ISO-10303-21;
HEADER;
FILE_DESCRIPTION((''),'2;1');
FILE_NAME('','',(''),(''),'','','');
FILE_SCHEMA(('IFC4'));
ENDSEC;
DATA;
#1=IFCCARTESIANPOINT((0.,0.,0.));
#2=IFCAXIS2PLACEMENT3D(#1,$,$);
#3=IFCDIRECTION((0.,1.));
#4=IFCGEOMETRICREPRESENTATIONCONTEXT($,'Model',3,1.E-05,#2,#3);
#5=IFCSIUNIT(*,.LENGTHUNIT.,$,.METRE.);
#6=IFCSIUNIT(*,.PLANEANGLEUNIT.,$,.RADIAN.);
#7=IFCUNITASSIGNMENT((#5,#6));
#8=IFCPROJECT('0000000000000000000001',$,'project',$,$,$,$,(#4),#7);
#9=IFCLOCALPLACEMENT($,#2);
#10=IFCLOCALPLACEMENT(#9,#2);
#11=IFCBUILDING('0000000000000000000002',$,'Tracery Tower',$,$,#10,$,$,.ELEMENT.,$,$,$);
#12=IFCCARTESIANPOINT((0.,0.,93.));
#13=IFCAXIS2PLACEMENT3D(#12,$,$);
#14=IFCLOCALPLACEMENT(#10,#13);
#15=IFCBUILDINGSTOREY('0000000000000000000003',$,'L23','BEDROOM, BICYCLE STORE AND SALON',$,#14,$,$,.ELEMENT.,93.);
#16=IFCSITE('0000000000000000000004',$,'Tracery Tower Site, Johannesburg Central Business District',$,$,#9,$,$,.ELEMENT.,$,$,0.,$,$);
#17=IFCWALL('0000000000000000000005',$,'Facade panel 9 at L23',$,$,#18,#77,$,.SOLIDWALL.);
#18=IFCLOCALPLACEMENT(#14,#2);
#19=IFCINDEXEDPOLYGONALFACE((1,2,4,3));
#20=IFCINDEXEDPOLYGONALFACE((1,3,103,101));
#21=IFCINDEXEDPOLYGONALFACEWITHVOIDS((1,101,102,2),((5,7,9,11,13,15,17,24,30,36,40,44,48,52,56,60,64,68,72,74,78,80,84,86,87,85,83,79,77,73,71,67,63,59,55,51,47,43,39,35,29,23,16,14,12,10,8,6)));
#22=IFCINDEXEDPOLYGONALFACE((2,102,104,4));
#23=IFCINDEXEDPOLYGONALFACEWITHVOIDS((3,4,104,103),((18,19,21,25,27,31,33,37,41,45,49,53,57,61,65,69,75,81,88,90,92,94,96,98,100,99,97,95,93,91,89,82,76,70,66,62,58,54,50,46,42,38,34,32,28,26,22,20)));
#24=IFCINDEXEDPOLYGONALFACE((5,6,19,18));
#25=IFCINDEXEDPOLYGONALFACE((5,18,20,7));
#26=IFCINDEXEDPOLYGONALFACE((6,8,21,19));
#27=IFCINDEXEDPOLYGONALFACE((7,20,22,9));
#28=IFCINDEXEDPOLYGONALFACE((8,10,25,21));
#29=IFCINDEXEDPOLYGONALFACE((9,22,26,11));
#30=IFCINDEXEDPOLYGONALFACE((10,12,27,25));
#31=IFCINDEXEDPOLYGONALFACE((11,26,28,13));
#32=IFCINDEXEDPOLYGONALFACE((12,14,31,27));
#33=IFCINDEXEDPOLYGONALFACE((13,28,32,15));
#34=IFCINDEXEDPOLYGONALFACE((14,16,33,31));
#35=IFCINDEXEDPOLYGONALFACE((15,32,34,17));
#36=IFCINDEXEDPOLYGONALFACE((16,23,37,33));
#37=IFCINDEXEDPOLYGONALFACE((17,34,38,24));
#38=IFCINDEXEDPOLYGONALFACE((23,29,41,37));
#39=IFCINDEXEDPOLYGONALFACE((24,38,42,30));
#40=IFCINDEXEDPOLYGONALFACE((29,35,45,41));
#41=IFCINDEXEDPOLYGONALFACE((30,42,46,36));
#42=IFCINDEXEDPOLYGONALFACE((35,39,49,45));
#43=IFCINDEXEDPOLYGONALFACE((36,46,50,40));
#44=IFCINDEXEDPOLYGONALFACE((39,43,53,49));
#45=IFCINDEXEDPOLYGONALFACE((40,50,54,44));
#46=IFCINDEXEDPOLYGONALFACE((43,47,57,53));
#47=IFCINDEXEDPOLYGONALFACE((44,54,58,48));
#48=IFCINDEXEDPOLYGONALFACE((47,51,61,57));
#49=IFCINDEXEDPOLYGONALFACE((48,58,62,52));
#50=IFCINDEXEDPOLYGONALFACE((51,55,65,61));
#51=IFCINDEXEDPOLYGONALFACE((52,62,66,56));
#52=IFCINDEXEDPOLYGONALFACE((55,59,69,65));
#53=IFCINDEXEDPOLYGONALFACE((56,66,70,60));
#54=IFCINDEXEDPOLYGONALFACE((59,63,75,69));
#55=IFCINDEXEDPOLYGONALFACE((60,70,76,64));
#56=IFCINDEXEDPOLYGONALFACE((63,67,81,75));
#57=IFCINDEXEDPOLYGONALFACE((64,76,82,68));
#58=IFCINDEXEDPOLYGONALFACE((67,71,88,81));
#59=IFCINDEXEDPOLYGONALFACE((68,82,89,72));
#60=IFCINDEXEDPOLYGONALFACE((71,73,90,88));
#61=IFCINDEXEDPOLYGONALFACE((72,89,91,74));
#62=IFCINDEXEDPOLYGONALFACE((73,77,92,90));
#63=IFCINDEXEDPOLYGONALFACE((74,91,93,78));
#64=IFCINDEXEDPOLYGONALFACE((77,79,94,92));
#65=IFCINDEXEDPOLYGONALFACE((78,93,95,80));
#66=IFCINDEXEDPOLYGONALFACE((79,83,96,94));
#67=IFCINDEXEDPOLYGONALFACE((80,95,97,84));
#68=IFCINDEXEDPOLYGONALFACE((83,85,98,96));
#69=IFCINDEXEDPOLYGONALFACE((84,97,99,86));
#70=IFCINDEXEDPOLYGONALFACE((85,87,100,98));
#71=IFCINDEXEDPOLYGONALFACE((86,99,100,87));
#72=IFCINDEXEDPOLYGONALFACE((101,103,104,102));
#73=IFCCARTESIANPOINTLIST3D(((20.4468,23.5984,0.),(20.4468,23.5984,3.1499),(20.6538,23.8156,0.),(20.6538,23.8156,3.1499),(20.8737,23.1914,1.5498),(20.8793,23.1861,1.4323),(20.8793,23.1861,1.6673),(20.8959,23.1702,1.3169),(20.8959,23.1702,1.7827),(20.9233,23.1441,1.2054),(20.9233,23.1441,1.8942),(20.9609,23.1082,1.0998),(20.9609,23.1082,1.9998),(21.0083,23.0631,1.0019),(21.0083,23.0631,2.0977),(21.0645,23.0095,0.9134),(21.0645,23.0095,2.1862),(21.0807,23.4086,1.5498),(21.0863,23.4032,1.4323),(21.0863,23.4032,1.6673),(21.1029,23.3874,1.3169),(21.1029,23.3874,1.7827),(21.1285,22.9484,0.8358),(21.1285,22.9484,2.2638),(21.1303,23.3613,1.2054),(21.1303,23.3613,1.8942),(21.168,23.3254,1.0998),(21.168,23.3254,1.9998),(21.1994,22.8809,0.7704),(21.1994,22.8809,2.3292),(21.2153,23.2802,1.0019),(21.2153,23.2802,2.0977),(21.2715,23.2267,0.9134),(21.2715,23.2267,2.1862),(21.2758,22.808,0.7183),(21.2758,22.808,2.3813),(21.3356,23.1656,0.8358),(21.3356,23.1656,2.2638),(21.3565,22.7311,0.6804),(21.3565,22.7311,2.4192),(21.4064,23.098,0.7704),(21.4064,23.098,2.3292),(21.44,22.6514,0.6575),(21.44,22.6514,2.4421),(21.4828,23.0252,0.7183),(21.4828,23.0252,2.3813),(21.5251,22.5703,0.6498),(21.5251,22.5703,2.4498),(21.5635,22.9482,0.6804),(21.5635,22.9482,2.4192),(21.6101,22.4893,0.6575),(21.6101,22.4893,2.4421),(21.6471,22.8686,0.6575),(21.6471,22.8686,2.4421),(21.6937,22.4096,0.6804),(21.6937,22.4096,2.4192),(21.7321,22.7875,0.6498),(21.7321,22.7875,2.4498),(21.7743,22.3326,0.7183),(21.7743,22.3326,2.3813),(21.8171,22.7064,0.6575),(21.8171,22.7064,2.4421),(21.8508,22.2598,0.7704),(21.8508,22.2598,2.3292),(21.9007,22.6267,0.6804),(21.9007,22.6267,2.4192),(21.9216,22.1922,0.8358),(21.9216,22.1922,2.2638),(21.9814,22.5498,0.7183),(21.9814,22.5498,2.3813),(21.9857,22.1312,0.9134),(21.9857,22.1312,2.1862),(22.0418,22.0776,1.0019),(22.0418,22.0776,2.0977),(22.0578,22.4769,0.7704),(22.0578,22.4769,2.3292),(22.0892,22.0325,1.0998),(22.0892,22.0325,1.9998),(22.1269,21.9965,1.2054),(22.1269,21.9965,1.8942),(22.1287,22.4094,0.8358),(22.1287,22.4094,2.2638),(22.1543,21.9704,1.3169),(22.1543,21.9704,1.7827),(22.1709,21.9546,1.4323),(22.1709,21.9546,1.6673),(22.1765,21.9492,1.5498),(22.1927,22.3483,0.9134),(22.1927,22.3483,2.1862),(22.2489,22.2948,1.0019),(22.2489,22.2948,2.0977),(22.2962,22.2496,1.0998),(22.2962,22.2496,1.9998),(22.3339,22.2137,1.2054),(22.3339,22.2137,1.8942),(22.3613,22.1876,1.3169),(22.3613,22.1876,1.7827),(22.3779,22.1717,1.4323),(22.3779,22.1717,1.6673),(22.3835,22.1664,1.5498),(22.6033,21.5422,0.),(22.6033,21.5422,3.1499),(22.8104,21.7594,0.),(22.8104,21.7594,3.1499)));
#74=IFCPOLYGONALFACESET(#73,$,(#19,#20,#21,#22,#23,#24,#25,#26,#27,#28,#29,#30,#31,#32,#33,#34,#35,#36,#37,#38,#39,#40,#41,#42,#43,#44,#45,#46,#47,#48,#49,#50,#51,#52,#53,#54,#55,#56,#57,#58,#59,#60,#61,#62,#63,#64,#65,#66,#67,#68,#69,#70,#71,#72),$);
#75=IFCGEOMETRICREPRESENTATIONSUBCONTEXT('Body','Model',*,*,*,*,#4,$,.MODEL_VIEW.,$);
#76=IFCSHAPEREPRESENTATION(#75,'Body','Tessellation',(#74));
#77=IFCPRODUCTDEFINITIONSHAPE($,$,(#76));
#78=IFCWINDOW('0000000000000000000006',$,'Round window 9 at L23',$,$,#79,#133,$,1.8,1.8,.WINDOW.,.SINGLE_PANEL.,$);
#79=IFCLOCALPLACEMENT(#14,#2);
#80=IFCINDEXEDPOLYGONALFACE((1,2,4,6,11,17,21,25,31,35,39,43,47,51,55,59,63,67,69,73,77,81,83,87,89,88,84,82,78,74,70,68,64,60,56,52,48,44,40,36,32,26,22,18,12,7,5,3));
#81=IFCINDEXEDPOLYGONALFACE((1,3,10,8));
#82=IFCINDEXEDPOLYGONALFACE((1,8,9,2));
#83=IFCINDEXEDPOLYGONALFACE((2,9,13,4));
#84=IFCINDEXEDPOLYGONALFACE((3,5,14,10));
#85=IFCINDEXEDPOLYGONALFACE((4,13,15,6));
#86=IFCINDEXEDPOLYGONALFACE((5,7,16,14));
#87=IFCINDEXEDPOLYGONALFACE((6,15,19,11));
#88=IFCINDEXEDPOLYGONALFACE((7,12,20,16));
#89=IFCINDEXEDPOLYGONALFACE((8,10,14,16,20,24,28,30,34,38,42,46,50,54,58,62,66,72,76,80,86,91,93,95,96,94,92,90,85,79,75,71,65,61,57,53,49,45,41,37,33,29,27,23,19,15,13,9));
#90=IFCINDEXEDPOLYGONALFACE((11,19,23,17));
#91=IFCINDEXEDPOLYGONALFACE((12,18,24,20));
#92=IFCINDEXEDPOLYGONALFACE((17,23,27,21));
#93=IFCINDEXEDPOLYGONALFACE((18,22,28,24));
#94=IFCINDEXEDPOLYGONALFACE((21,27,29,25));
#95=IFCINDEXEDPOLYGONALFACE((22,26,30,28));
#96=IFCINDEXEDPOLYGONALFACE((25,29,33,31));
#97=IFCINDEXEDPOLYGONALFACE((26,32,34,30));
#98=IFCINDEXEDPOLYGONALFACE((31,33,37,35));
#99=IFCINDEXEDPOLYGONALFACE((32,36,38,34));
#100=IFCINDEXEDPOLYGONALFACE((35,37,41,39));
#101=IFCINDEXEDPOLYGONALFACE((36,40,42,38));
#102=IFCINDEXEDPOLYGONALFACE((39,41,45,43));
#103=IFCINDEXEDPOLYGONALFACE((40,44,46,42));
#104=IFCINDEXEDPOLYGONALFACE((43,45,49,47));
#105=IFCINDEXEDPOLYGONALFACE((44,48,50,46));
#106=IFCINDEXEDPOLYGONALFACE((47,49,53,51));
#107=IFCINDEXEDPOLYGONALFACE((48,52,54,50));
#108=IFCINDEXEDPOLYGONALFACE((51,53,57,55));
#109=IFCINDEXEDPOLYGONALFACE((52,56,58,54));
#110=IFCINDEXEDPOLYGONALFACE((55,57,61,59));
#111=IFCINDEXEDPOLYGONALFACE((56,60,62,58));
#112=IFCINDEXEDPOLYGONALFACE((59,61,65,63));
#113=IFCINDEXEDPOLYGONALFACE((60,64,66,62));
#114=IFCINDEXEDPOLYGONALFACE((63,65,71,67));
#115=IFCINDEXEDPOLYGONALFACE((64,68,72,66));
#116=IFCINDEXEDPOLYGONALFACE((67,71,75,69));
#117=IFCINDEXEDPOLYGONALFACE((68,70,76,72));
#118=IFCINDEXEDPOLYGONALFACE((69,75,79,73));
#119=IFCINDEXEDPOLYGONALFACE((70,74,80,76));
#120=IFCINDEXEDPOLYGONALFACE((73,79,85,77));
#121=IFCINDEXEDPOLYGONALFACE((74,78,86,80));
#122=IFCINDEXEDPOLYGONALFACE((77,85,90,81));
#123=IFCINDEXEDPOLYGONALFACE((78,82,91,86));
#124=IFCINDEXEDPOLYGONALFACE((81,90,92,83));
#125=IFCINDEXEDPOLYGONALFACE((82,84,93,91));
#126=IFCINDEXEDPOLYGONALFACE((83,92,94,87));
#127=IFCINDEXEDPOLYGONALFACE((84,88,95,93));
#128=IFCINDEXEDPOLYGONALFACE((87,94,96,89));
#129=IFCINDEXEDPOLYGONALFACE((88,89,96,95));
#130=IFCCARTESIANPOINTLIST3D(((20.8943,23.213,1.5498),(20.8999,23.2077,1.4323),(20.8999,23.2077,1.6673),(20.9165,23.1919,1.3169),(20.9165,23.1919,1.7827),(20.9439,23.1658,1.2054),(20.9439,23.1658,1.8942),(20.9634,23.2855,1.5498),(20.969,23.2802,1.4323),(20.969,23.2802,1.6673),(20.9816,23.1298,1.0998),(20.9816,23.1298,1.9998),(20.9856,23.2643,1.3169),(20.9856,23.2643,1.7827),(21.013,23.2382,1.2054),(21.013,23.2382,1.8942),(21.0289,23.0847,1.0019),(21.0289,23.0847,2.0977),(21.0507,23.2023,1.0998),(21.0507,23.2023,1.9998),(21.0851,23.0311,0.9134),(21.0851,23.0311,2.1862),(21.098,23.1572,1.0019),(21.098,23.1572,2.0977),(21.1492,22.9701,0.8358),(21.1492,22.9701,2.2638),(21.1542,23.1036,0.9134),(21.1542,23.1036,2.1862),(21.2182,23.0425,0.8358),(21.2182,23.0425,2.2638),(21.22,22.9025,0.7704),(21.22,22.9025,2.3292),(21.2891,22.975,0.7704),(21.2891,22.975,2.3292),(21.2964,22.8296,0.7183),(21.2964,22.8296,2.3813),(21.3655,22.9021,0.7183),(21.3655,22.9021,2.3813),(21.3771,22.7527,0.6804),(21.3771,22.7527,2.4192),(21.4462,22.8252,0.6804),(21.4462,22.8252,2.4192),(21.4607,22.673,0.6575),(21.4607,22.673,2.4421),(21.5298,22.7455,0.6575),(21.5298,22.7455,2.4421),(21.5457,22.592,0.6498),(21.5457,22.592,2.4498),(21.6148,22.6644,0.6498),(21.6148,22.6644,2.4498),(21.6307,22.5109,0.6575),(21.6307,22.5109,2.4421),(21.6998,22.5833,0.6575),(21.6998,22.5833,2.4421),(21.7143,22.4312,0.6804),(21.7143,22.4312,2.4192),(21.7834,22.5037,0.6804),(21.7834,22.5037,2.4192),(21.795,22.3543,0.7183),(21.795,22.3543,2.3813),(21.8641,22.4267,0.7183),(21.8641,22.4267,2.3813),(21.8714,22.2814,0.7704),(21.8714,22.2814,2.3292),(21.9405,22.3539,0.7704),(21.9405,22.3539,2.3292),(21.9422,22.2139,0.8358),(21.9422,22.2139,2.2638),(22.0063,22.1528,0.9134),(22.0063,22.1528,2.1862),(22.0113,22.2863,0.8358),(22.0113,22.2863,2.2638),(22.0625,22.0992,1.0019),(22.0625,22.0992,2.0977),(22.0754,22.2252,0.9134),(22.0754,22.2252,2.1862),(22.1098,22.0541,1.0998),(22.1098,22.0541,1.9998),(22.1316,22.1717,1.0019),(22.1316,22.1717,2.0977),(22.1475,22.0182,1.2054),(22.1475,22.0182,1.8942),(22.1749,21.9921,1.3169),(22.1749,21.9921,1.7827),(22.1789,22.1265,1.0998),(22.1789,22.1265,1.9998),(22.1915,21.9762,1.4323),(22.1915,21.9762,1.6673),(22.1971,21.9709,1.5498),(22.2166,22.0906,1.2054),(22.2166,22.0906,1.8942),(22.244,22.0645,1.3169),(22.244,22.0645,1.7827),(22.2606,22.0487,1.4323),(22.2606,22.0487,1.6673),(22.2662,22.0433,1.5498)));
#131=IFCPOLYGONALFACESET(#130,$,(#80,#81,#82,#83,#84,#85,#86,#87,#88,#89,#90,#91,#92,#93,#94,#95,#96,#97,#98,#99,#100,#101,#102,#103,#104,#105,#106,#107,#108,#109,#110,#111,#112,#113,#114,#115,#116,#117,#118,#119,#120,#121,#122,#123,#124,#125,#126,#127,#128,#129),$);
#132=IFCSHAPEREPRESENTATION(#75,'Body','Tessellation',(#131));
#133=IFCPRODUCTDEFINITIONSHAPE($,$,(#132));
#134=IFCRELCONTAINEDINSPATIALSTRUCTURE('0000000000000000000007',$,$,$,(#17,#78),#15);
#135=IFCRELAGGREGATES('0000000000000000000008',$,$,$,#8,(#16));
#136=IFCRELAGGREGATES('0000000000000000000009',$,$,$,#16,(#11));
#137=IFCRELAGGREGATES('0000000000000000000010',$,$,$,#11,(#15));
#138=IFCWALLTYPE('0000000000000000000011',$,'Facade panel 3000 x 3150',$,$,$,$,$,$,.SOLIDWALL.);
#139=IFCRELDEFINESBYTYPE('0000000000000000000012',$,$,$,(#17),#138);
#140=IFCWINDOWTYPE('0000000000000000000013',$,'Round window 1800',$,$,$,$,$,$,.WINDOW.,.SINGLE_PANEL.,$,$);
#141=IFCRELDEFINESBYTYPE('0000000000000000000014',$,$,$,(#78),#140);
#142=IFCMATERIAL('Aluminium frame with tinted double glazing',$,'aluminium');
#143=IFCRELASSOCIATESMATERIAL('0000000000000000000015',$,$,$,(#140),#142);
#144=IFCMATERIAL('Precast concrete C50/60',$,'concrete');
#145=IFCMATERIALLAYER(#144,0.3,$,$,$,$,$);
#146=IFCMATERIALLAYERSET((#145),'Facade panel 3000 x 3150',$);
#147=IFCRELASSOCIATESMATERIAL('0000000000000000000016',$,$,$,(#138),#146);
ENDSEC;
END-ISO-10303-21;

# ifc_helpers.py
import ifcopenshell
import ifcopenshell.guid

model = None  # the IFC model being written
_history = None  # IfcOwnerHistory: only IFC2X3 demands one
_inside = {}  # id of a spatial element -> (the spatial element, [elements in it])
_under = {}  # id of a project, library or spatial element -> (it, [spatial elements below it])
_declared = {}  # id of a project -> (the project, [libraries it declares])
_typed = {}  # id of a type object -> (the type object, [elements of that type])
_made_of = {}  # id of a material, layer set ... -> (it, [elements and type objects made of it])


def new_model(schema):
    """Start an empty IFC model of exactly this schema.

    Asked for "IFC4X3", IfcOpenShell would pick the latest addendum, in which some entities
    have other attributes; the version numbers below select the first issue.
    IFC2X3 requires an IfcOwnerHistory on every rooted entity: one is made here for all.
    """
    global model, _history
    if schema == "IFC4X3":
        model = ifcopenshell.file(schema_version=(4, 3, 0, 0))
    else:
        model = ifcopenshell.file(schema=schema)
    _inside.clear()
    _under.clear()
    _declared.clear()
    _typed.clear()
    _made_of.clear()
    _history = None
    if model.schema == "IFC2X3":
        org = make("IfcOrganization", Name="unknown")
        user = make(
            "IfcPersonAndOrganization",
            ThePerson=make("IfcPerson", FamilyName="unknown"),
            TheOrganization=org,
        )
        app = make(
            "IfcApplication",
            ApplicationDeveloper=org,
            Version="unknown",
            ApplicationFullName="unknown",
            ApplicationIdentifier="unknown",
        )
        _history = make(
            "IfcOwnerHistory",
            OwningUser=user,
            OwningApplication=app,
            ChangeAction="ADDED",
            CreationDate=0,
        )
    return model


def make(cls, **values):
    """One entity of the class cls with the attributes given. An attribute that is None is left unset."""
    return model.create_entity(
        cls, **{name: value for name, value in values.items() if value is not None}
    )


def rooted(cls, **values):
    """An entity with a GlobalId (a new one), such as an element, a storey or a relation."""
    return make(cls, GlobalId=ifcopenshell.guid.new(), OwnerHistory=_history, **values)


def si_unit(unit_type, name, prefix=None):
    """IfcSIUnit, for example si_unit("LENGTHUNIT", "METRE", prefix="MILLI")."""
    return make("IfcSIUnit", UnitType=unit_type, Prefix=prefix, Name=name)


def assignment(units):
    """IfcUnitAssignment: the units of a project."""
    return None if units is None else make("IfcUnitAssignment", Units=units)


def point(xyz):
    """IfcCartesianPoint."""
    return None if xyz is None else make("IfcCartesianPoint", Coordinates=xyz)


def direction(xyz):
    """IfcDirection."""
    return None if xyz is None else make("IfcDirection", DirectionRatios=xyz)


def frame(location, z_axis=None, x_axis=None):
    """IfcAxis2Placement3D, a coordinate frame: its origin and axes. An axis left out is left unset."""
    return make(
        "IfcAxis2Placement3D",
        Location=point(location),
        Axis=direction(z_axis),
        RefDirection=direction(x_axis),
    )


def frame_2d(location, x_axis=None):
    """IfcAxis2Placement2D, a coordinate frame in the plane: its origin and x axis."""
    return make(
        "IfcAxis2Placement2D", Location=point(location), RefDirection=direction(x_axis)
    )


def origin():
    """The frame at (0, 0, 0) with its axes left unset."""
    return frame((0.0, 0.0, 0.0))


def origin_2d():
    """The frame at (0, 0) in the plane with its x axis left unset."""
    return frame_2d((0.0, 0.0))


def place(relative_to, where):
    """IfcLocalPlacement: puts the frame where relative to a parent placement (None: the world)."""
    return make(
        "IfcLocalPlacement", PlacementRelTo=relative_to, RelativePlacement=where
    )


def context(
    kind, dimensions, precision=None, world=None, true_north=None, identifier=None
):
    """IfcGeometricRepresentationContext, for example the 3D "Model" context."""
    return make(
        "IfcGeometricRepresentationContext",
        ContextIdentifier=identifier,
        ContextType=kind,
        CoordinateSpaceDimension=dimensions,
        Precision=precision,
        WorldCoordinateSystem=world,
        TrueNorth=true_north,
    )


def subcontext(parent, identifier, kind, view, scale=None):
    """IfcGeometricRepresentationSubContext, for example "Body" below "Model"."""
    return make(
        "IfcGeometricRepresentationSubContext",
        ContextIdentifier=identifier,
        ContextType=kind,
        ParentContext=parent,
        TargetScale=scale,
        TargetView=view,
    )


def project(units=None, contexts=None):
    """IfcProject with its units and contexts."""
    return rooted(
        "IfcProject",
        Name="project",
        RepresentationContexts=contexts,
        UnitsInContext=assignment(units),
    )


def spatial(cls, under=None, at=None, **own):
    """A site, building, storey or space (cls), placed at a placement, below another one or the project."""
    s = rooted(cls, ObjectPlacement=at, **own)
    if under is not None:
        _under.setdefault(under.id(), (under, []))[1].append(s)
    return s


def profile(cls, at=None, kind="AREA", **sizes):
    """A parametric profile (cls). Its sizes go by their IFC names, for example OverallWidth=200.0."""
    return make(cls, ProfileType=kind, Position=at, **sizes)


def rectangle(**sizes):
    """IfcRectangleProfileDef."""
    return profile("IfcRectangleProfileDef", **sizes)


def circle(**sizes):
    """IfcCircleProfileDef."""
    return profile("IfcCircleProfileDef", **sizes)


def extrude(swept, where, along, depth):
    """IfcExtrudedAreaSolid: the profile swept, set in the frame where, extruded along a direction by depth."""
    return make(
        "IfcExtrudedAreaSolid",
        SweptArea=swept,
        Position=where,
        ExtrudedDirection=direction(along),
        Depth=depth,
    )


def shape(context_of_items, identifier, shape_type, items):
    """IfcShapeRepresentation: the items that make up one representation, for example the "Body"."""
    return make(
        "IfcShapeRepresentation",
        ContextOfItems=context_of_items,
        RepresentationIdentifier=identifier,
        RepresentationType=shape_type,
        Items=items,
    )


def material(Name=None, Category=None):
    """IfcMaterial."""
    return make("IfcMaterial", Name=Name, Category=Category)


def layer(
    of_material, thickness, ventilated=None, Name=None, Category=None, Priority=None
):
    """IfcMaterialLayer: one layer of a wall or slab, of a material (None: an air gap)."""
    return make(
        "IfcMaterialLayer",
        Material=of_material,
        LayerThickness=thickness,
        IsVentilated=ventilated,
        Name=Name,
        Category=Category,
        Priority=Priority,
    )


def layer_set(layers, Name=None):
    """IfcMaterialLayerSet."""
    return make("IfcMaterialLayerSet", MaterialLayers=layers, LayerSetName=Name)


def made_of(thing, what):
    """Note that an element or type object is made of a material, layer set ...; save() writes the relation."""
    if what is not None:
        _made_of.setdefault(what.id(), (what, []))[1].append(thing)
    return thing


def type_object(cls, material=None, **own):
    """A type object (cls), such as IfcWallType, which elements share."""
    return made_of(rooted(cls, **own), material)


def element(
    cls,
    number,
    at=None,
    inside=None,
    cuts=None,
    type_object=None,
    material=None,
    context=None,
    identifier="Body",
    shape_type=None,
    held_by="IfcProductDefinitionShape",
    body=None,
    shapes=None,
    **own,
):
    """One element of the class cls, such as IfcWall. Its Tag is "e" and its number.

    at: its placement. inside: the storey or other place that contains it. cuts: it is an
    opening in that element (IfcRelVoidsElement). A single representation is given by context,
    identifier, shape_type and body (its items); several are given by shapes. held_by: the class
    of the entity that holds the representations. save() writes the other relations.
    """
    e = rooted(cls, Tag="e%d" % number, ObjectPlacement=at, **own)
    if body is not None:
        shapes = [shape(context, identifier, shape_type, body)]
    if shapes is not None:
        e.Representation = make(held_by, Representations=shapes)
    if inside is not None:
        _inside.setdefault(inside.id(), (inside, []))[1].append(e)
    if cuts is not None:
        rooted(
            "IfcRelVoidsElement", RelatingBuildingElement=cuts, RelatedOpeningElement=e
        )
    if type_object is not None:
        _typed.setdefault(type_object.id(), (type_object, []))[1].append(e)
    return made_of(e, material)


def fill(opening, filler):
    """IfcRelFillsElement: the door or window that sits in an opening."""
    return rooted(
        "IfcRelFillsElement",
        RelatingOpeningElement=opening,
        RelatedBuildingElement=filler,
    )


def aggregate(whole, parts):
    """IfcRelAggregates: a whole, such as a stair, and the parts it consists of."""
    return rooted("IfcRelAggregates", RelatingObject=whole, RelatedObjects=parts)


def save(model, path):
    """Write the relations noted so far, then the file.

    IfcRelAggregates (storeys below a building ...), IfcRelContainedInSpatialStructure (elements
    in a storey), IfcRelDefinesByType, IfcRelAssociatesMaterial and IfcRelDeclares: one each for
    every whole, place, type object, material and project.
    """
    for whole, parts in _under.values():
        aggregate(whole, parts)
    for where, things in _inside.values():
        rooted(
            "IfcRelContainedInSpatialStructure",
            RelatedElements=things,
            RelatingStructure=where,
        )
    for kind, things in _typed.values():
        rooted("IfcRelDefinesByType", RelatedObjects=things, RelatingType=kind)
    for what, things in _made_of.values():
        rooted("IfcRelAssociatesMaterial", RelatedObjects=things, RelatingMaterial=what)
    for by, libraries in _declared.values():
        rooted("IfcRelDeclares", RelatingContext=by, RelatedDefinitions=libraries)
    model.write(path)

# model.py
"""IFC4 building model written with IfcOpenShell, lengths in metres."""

from ifc_helpers import new_model, si_unit, direction, frame, frame_2d, origin, origin_2d, place, context, subcontext, project, spatial, rectangle, circle, extrude, material, layer, layer_set, type_object, element, fill, save


model = new_model("IFC4")

# Units and contexts
model_context = context("Model", 3, precision=1e-05, world=origin(), true_north=direction((0.0, 1.0)))
body_context = subcontext(model_context, "Body", "Model", "MODEL_VIEW")
ifc_project = project(units=[si_unit("LENGTHUNIT", "METRE"), si_unit("PLANEANGLEUNIT", "RADIAN")], contexts=[model_context])

# Site, building, storey
site_placement = place(None, origin())
site = spatial("IfcSite", under=ifc_project, at=site_placement, Name="Tracery Tower Site, Johannesburg Central Business District", CompositionType="ELEMENT", RefElevation=0.0)
building_placement = place(site_placement, origin())
building = spatial("IfcBuilding", under=site, at=building_placement, Name="Tracery Tower", CompositionType="ELEMENT")
storey_placement = place(building_placement, frame((0.0, 0.0, 93.0)))
storey = spatial("IfcBuildingStorey", under=building, at=storey_placement, Name="L23", Description="BEDROOM, BICYCLE STORE AND SALON", CompositionType="ELEMENT", Elevation=93.0)

# Wall, opening, window
ifc_material_1 = material(Name="Aluminium frame with tinted double glazing", Category="aluminium")
window_type = type_object("IfcWindowType", Name="Round window 1800", PartitioningType="SINGLE_PANEL", PredefinedType="WINDOW", material=ifc_material_1)
ifc_material_2 = material(Name="Precast concrete C50/60", Category="concrete")
ifc_layer_1 = layer(ifc_material_2, 0.3)
ifc_layer_set_1 = layer_set([ifc_layer_1], Name="Facade panel 3000 x 3150")
wall_type_1 = type_object("IfcWallType", Name="Facade panel 3000 x 3150", PredefinedType="SOLIDWALL", material=ifc_layer_set_1)
wall_1_placement = place(storey_placement, frame((22.7068, 21.6509, 0.0), z_axis=(0.0, 0.0, 1.0), x_axis=(-0.723744, 0.690068, 0.0)))
wall_1 = element("IfcWall", 1, at=wall_1_placement, inside=storey, type_object=wall_type_1, Name="Facade panel 9 at L23", PredefinedType="SOLIDWALL", context=body_context, shape_type="SweptSolid", body=[
    extrude(rectangle(XDim=2.9797, YDim=0.3, at=frame_2d((1.4897, 0.0))), origin(), (0.0, 0.0, 1.0), 3.1499),
])
opening_1_placement = place(wall_1_placement, frame((1.4897, 0.0, 1.5498)))
opening_1 = element("IfcOpeningElement", 2, at=opening_1_placement, cuts=wall_1, PredefinedType="OPENING", context=body_context, shape_type="SweptSolid", body=[
    extrude(circle(Radius=0.9, at=origin_2d()), frame((0.0, 0.1599, 0.0), z_axis=(0.0, -1.0, 0.0), x_axis=(1.0, 0.0, 0.0)), (0.0, 0.0, 1.0), 0.3201),
])
window_1_placement = place(opening_1_placement, origin())
window_1 = element("IfcWindow", 3, at=window_1_placement, inside=storey, type_object=window_type, Name="Round window 9 at L23", OverallHeight=1.8, OverallWidth=1.8, PartitioningType="SINGLE_PANEL", PredefinedType="WINDOW", context=body_context, shape_type="SweptSolid", body=[
    extrude(circle(Radius=0.9, at=origin_2d()), frame((0.0, 0.1201, 0.0), z_axis=(0.0, -1.0, 0.0), x_axis=(1.0, 0.0, 0.0)), (0.0, 0.0, 1.0), 0.1001),
])
fill(opening_1, window_1)

save(model, "model.ifc")
